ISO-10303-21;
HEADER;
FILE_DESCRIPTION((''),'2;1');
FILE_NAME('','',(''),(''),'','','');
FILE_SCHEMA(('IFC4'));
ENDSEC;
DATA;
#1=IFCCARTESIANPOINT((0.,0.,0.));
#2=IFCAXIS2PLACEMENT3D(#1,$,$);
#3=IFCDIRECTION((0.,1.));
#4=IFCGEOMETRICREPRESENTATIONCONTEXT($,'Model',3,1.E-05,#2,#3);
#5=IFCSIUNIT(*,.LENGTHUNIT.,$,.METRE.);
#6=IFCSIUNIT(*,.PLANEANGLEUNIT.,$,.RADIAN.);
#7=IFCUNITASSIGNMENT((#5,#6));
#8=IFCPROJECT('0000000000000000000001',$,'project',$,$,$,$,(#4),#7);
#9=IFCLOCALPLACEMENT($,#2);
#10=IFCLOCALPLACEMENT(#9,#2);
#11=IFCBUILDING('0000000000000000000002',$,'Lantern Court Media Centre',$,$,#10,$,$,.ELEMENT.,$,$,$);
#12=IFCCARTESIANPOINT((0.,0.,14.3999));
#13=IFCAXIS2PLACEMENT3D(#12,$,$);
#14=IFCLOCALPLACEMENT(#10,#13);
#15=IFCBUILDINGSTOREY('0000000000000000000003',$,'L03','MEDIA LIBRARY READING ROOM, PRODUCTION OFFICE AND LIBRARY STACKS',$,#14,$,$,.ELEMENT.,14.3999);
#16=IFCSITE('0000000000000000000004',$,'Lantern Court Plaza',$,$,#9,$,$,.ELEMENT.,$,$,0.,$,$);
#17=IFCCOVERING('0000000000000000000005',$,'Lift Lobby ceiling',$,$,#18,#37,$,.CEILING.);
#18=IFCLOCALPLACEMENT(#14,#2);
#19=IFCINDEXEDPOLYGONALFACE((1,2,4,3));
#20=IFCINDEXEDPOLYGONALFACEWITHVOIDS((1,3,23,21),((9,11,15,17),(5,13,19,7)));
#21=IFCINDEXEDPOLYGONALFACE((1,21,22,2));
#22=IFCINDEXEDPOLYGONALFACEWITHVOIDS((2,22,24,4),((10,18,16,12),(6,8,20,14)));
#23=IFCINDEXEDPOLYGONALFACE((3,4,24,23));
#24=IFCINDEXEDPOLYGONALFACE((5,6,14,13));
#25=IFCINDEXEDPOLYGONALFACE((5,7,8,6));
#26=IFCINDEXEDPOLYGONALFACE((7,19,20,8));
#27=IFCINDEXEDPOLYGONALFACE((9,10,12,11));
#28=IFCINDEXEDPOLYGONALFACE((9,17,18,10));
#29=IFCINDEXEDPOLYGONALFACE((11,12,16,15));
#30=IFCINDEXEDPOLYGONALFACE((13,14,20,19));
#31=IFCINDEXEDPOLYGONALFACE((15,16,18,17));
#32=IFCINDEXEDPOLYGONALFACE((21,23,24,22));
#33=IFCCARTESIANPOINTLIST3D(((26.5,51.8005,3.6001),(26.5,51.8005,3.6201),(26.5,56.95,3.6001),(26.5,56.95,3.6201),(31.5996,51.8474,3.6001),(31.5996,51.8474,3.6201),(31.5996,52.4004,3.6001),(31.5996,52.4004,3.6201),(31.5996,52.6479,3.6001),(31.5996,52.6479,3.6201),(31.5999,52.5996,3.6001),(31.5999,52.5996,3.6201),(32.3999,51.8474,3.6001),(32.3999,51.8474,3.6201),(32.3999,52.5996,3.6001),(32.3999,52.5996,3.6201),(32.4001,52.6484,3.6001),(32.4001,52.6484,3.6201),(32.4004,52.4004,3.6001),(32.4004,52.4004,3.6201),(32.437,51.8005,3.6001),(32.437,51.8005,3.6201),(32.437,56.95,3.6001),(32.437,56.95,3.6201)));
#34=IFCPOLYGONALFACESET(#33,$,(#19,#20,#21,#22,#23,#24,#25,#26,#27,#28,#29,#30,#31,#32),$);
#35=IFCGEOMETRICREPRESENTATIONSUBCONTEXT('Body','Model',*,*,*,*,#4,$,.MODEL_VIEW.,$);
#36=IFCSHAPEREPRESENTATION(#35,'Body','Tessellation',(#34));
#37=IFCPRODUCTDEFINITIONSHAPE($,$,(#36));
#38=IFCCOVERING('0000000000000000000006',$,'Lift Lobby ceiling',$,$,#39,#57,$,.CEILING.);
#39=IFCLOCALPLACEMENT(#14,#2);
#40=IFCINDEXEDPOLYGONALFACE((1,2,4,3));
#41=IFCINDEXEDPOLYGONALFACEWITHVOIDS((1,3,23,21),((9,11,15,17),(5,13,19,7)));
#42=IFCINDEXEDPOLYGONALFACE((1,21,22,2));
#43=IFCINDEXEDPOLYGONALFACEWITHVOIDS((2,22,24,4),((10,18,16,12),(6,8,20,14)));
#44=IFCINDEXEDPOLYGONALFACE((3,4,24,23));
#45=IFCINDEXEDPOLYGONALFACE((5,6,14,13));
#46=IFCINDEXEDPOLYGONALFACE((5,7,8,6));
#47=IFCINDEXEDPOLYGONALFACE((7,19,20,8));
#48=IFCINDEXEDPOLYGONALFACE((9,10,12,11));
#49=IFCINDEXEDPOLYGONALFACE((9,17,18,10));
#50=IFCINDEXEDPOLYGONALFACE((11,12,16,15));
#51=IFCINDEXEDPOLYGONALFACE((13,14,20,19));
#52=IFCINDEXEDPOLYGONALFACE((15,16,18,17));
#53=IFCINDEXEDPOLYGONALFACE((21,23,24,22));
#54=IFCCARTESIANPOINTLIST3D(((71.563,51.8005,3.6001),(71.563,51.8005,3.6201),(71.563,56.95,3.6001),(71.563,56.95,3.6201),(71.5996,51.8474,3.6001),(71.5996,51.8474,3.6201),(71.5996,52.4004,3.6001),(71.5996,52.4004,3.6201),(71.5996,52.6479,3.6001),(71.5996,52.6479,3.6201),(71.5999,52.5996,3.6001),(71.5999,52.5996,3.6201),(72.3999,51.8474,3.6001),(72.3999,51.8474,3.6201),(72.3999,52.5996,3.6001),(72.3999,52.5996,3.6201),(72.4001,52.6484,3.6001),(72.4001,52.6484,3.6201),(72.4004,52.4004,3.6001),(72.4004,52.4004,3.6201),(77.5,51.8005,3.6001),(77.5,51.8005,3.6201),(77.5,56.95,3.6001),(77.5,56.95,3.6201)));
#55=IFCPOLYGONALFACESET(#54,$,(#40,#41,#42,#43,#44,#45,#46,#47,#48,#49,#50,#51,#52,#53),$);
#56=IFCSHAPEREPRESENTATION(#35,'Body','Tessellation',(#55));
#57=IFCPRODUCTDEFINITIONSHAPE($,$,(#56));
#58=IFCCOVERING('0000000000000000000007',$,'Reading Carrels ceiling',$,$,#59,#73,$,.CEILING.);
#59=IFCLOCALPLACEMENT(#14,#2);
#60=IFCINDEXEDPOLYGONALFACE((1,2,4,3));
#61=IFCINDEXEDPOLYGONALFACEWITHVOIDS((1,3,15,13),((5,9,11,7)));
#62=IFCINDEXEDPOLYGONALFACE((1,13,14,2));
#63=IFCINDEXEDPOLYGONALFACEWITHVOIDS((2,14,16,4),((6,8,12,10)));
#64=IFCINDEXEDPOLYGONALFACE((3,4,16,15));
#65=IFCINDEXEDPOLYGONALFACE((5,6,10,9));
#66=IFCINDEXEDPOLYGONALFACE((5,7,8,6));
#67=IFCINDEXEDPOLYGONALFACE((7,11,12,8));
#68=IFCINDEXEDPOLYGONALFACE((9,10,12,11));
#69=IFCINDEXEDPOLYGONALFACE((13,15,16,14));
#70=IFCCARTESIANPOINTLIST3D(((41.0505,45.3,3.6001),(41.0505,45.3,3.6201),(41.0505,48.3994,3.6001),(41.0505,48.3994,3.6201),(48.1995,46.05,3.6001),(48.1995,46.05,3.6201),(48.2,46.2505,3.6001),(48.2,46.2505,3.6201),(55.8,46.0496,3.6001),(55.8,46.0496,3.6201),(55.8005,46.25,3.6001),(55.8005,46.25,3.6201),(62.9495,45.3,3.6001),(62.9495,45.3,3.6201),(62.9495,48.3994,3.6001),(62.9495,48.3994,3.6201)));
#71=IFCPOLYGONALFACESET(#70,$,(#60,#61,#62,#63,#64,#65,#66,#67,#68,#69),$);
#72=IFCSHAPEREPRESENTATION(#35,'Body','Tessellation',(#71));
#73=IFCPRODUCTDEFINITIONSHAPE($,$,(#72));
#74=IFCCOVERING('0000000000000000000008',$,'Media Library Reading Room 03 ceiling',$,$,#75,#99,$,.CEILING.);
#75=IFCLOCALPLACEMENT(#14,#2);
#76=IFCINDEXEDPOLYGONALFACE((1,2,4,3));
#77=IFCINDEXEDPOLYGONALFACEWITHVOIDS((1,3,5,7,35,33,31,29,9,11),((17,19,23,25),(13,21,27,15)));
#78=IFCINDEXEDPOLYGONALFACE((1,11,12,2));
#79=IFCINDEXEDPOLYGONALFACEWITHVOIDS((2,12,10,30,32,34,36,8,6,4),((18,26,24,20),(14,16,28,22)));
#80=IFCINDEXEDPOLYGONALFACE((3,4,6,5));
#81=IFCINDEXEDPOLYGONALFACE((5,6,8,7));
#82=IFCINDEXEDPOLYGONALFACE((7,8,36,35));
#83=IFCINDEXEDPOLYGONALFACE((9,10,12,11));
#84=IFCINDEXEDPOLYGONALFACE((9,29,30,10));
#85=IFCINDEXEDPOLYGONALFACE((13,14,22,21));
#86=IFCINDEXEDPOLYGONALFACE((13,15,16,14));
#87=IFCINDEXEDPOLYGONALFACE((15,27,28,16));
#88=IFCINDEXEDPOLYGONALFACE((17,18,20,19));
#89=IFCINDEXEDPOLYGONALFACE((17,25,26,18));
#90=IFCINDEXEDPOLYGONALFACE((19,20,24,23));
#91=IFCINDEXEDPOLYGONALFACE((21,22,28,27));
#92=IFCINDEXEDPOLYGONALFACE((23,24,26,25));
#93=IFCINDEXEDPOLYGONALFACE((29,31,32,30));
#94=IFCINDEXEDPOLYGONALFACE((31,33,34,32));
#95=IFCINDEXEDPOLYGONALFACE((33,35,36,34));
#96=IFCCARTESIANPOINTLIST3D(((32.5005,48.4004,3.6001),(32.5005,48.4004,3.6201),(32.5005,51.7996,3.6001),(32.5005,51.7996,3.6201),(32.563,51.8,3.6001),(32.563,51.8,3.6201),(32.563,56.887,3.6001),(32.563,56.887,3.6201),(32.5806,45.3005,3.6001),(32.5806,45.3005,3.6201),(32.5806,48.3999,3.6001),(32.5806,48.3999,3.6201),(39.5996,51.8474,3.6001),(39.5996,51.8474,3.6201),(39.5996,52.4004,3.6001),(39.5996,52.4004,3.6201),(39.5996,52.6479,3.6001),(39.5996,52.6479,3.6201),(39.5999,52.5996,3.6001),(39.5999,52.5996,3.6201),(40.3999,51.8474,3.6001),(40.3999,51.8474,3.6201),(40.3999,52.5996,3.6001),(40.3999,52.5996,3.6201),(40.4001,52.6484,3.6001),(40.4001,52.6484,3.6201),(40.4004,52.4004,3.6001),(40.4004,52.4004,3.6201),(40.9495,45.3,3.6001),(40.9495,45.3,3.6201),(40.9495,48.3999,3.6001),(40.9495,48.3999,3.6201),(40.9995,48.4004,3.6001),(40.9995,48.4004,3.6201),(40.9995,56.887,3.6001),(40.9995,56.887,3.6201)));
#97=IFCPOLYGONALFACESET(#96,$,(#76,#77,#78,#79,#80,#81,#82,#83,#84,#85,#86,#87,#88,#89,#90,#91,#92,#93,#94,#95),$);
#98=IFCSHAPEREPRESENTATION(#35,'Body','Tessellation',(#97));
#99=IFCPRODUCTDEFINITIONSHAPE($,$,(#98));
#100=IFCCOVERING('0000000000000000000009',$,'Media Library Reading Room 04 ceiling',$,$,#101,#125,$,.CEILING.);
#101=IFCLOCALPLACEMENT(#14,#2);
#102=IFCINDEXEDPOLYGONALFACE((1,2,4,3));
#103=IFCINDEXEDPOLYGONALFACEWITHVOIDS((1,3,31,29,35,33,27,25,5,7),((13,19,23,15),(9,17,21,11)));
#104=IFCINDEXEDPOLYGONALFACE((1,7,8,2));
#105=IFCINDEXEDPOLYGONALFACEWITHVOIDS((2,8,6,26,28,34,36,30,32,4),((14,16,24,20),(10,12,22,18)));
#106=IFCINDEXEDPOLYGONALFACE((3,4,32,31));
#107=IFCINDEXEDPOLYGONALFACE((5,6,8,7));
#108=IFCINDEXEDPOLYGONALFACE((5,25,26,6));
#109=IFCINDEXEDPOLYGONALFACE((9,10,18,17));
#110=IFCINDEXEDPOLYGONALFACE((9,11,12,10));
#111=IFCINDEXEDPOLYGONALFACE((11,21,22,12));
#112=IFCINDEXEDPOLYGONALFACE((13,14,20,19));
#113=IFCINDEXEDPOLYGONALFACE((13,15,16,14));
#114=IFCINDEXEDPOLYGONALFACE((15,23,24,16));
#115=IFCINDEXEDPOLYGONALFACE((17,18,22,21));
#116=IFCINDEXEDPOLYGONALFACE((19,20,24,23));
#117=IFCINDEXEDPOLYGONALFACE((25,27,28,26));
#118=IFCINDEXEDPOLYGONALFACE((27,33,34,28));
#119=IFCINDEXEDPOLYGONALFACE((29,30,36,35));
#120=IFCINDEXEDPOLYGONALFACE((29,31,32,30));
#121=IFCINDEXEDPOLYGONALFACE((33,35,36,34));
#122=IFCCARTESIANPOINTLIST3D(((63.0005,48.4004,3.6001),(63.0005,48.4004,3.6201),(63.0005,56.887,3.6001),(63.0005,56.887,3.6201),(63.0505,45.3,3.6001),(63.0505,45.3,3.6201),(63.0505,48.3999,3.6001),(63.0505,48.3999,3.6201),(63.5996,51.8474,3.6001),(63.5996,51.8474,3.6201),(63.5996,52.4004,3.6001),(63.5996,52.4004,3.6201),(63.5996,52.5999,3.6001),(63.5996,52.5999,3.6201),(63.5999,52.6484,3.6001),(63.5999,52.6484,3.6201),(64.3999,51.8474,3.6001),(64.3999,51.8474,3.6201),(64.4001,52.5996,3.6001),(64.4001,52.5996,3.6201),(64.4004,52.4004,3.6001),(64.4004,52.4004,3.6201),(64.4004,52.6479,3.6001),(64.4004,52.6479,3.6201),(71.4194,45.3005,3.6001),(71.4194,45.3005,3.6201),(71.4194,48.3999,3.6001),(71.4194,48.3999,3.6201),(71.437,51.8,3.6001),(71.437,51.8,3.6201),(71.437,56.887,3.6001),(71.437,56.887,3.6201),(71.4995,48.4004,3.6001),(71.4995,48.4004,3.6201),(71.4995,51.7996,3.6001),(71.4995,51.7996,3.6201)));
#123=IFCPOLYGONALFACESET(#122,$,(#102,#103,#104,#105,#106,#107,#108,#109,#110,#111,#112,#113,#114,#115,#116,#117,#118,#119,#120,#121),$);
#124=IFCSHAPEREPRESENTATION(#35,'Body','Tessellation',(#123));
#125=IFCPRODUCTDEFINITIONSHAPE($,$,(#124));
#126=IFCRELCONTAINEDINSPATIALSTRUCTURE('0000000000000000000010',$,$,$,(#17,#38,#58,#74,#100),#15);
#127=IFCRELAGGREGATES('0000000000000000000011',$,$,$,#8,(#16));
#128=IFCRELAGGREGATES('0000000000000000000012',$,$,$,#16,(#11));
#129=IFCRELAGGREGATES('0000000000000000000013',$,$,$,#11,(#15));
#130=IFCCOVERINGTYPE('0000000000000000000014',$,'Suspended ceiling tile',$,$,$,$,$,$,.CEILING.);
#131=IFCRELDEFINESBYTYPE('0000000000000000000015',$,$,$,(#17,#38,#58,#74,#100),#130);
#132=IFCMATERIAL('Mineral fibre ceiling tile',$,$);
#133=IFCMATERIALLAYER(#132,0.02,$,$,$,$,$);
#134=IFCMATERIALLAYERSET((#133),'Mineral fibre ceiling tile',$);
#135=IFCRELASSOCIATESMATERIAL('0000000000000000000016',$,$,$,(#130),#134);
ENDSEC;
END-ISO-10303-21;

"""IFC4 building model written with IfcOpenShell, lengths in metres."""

from ifc_helpers import new_model, si_unit, direction, frame, origin, place, context, subcontext, project, spatial, polyline, outline, extrude, material, layer, layer_set, type_object, element, save


model = new_model("IFC4")

# Units and contexts
model_context = context("Model", 3, precision=1e-05, world=origin(), true_north=direction((0.0, 1.0)))
body_context = subcontext(model_context, "Body", "Model", "MODEL_VIEW")
ifc_project = project(units=[si_unit("LENGTHUNIT", "METRE"), si_unit("PLANEANGLEUNIT", "RADIAN")], contexts=[model_context])

# Site, building, storey
site_placement = place(None, origin())
site = spatial("IfcSite", under=ifc_project, at=site_placement, Name="Lantern Court Plaza", CompositionType="ELEMENT", RefElevation=0.0)
building_placement = place(site_placement, origin())
building = spatial("IfcBuilding", under=site, at=building_placement, Name="Lantern Court Media Centre", CompositionType="ELEMENT")
storey_placement = place(building_placement, frame((0.0, 0.0, 14.3999)))
storey = spatial("IfcBuildingStorey", under=building, at=storey_placement, Name="L03", Description="MEDIA LIBRARY READING ROOM, PRODUCTION OFFICE AND LIBRARY STACKS", CompositionType="ELEMENT", Elevation=14.3999)

# Coverings
ifc_material_1 = material(Name="Mineral fibre ceiling tile")
ifc_layer_1 = layer(ifc_material_1, 0.02)
ifc_layer_set_1 = layer_set([ifc_layer_1], Name="Mineral fibre ceiling tile")
covering_type_1 = type_object("IfcCoveringType", Name="Suspended ceiling tile", PredefinedType="CEILING", material=ifc_layer_set_1)
covering_1_placement = place(storey_placement, frame((0.0, 0.0, 3.6001)))
element("IfcCovering", 1, at=covering_1_placement, inside=storey, type_object=covering_type_1, Name="Lift Lobby ceiling", PredefinedType="CEILING", context=body_context, shape_type="SweptSolid", body=[
    extrude(outline(polyline([(26.5, 56.95), (32.437, 56.95), (32.437, 51.8005), (26.5, 51.8005), (26.5, 56.95)]), holes=[polyline([(32.3999, 51.8474), (32.4004, 52.4004), (31.5996, 52.4004), (31.5996, 51.8474), (32.3999, 51.8474)]), polyline([(32.3999, 52.5996), (32.4001, 52.6484), (31.5996, 52.6479), (31.5999, 52.5996), (32.3999, 52.5996)])]), origin(), (0.0, 0.0, 1.0), 0.02),
])
covering_2_placement = place(storey_placement, frame((0.0, 0.0, 3.6001)))
element("IfcCovering", 2, at=covering_2_placement, inside=storey, type_object=covering_type_1, Name="Lift Lobby ceiling", PredefinedType="CEILING", context=body_context, shape_type="SweptSolid", body=[
    extrude(outline(polyline([(77.5, 56.95), (77.5, 51.8005), (71.563, 51.8005), (71.563, 56.95), (77.5, 56.95)]), holes=[polyline([(72.3999, 51.8474), (72.4004, 52.4004), (71.5996, 52.4004), (71.5996, 51.8474), (72.3999, 51.8474)]), polyline([(72.3999, 52.5996), (72.4001, 52.6484), (71.5996, 52.6479), (71.5999, 52.5996), (72.3999, 52.5996)])]), origin(), (0.0, 0.0, 1.0), 0.02),
])
covering_3_placement = place(storey_placement, frame((0.0, 0.0, 3.6001)))
element("IfcCovering", 3, at=covering_3_placement, inside=storey, type_object=covering_type_1, Name="Reading Carrels ceiling", PredefinedType="CEILING", context=body_context, shape_type="SweptSolid", body=[
    extrude(outline(polyline([(41.0505, 45.3), (41.0505, 48.3994), (62.9495, 48.3994), (62.9495, 45.3), (41.0505, 45.3)]), holes=[polyline([(48.1995, 46.05), (55.8, 46.0496), (55.8005, 46.25), (48.2, 46.2505), (48.1995, 46.05)])]), origin(), (0.0, 0.0, 1.0), 0.02),
])
covering_4_placement = place(storey_placement, frame((0.0, 0.0, 3.6001)))
element("IfcCovering", 4, at=covering_4_placement, inside=storey, type_object=covering_type_1, Name="Media Library Reading Room 03 ceiling", PredefinedType="CEILING", context=body_context, shape_type="SweptSolid", body=[
    extrude(outline(polyline([(40.9495, 45.3), (32.5806, 45.3005), (32.5806, 48.3999), (32.5005, 48.4004), (32.5005, 51.7996), (32.563, 51.8), (32.563, 56.887), (40.9995, 56.887), (40.9995, 48.4004), (40.9495, 48.3999), (40.9495, 45.3)]), holes=[polyline([(40.3999, 52.5996), (40.4001, 52.6484), (39.5996, 52.6479), (39.5999, 52.5996), (40.3999, 52.5996)]), polyline([(40.3999, 51.8474), (40.4004, 52.4004), (39.5996, 52.4004), (39.5996, 51.8474), (40.3999, 51.8474)])]), origin(), (0.0, 0.0, 1.0), 0.02),
])
covering_5_placement = place(storey_placement, frame((0.0, 0.0, 3.6001)))
element("IfcCovering", 5, at=covering_5_placement, inside=storey, type_object=covering_type_1, Name="Media Library Reading Room 04 ceiling", PredefinedType="CEILING", context=body_context, shape_type="SweptSolid", body=[
    extrude(outline(polyline([(63.0505, 45.3), (63.0505, 48.3999), (63.0005, 48.4004), (63.0005, 56.887), (71.437, 56.887), (71.437, 51.8), (71.4995, 51.7996), (71.4995, 48.4004), (71.4194, 48.3999), (71.4194, 45.3005), (63.0505, 45.3)]), holes=[polyline([(64.3999, 51.8474), (64.4004, 52.4004), (63.5996, 52.4004), (63.5996, 51.8474), (64.3999, 51.8474)]), polyline([(64.4004, 52.6479), (63.5999, 52.6484), (63.5996, 52.5999), (64.4001, 52.5996), (64.4004, 52.6479)])]), origin(), (0.0, 0.0, 1.0), 0.02),
])

save(model, "model.ifc")
